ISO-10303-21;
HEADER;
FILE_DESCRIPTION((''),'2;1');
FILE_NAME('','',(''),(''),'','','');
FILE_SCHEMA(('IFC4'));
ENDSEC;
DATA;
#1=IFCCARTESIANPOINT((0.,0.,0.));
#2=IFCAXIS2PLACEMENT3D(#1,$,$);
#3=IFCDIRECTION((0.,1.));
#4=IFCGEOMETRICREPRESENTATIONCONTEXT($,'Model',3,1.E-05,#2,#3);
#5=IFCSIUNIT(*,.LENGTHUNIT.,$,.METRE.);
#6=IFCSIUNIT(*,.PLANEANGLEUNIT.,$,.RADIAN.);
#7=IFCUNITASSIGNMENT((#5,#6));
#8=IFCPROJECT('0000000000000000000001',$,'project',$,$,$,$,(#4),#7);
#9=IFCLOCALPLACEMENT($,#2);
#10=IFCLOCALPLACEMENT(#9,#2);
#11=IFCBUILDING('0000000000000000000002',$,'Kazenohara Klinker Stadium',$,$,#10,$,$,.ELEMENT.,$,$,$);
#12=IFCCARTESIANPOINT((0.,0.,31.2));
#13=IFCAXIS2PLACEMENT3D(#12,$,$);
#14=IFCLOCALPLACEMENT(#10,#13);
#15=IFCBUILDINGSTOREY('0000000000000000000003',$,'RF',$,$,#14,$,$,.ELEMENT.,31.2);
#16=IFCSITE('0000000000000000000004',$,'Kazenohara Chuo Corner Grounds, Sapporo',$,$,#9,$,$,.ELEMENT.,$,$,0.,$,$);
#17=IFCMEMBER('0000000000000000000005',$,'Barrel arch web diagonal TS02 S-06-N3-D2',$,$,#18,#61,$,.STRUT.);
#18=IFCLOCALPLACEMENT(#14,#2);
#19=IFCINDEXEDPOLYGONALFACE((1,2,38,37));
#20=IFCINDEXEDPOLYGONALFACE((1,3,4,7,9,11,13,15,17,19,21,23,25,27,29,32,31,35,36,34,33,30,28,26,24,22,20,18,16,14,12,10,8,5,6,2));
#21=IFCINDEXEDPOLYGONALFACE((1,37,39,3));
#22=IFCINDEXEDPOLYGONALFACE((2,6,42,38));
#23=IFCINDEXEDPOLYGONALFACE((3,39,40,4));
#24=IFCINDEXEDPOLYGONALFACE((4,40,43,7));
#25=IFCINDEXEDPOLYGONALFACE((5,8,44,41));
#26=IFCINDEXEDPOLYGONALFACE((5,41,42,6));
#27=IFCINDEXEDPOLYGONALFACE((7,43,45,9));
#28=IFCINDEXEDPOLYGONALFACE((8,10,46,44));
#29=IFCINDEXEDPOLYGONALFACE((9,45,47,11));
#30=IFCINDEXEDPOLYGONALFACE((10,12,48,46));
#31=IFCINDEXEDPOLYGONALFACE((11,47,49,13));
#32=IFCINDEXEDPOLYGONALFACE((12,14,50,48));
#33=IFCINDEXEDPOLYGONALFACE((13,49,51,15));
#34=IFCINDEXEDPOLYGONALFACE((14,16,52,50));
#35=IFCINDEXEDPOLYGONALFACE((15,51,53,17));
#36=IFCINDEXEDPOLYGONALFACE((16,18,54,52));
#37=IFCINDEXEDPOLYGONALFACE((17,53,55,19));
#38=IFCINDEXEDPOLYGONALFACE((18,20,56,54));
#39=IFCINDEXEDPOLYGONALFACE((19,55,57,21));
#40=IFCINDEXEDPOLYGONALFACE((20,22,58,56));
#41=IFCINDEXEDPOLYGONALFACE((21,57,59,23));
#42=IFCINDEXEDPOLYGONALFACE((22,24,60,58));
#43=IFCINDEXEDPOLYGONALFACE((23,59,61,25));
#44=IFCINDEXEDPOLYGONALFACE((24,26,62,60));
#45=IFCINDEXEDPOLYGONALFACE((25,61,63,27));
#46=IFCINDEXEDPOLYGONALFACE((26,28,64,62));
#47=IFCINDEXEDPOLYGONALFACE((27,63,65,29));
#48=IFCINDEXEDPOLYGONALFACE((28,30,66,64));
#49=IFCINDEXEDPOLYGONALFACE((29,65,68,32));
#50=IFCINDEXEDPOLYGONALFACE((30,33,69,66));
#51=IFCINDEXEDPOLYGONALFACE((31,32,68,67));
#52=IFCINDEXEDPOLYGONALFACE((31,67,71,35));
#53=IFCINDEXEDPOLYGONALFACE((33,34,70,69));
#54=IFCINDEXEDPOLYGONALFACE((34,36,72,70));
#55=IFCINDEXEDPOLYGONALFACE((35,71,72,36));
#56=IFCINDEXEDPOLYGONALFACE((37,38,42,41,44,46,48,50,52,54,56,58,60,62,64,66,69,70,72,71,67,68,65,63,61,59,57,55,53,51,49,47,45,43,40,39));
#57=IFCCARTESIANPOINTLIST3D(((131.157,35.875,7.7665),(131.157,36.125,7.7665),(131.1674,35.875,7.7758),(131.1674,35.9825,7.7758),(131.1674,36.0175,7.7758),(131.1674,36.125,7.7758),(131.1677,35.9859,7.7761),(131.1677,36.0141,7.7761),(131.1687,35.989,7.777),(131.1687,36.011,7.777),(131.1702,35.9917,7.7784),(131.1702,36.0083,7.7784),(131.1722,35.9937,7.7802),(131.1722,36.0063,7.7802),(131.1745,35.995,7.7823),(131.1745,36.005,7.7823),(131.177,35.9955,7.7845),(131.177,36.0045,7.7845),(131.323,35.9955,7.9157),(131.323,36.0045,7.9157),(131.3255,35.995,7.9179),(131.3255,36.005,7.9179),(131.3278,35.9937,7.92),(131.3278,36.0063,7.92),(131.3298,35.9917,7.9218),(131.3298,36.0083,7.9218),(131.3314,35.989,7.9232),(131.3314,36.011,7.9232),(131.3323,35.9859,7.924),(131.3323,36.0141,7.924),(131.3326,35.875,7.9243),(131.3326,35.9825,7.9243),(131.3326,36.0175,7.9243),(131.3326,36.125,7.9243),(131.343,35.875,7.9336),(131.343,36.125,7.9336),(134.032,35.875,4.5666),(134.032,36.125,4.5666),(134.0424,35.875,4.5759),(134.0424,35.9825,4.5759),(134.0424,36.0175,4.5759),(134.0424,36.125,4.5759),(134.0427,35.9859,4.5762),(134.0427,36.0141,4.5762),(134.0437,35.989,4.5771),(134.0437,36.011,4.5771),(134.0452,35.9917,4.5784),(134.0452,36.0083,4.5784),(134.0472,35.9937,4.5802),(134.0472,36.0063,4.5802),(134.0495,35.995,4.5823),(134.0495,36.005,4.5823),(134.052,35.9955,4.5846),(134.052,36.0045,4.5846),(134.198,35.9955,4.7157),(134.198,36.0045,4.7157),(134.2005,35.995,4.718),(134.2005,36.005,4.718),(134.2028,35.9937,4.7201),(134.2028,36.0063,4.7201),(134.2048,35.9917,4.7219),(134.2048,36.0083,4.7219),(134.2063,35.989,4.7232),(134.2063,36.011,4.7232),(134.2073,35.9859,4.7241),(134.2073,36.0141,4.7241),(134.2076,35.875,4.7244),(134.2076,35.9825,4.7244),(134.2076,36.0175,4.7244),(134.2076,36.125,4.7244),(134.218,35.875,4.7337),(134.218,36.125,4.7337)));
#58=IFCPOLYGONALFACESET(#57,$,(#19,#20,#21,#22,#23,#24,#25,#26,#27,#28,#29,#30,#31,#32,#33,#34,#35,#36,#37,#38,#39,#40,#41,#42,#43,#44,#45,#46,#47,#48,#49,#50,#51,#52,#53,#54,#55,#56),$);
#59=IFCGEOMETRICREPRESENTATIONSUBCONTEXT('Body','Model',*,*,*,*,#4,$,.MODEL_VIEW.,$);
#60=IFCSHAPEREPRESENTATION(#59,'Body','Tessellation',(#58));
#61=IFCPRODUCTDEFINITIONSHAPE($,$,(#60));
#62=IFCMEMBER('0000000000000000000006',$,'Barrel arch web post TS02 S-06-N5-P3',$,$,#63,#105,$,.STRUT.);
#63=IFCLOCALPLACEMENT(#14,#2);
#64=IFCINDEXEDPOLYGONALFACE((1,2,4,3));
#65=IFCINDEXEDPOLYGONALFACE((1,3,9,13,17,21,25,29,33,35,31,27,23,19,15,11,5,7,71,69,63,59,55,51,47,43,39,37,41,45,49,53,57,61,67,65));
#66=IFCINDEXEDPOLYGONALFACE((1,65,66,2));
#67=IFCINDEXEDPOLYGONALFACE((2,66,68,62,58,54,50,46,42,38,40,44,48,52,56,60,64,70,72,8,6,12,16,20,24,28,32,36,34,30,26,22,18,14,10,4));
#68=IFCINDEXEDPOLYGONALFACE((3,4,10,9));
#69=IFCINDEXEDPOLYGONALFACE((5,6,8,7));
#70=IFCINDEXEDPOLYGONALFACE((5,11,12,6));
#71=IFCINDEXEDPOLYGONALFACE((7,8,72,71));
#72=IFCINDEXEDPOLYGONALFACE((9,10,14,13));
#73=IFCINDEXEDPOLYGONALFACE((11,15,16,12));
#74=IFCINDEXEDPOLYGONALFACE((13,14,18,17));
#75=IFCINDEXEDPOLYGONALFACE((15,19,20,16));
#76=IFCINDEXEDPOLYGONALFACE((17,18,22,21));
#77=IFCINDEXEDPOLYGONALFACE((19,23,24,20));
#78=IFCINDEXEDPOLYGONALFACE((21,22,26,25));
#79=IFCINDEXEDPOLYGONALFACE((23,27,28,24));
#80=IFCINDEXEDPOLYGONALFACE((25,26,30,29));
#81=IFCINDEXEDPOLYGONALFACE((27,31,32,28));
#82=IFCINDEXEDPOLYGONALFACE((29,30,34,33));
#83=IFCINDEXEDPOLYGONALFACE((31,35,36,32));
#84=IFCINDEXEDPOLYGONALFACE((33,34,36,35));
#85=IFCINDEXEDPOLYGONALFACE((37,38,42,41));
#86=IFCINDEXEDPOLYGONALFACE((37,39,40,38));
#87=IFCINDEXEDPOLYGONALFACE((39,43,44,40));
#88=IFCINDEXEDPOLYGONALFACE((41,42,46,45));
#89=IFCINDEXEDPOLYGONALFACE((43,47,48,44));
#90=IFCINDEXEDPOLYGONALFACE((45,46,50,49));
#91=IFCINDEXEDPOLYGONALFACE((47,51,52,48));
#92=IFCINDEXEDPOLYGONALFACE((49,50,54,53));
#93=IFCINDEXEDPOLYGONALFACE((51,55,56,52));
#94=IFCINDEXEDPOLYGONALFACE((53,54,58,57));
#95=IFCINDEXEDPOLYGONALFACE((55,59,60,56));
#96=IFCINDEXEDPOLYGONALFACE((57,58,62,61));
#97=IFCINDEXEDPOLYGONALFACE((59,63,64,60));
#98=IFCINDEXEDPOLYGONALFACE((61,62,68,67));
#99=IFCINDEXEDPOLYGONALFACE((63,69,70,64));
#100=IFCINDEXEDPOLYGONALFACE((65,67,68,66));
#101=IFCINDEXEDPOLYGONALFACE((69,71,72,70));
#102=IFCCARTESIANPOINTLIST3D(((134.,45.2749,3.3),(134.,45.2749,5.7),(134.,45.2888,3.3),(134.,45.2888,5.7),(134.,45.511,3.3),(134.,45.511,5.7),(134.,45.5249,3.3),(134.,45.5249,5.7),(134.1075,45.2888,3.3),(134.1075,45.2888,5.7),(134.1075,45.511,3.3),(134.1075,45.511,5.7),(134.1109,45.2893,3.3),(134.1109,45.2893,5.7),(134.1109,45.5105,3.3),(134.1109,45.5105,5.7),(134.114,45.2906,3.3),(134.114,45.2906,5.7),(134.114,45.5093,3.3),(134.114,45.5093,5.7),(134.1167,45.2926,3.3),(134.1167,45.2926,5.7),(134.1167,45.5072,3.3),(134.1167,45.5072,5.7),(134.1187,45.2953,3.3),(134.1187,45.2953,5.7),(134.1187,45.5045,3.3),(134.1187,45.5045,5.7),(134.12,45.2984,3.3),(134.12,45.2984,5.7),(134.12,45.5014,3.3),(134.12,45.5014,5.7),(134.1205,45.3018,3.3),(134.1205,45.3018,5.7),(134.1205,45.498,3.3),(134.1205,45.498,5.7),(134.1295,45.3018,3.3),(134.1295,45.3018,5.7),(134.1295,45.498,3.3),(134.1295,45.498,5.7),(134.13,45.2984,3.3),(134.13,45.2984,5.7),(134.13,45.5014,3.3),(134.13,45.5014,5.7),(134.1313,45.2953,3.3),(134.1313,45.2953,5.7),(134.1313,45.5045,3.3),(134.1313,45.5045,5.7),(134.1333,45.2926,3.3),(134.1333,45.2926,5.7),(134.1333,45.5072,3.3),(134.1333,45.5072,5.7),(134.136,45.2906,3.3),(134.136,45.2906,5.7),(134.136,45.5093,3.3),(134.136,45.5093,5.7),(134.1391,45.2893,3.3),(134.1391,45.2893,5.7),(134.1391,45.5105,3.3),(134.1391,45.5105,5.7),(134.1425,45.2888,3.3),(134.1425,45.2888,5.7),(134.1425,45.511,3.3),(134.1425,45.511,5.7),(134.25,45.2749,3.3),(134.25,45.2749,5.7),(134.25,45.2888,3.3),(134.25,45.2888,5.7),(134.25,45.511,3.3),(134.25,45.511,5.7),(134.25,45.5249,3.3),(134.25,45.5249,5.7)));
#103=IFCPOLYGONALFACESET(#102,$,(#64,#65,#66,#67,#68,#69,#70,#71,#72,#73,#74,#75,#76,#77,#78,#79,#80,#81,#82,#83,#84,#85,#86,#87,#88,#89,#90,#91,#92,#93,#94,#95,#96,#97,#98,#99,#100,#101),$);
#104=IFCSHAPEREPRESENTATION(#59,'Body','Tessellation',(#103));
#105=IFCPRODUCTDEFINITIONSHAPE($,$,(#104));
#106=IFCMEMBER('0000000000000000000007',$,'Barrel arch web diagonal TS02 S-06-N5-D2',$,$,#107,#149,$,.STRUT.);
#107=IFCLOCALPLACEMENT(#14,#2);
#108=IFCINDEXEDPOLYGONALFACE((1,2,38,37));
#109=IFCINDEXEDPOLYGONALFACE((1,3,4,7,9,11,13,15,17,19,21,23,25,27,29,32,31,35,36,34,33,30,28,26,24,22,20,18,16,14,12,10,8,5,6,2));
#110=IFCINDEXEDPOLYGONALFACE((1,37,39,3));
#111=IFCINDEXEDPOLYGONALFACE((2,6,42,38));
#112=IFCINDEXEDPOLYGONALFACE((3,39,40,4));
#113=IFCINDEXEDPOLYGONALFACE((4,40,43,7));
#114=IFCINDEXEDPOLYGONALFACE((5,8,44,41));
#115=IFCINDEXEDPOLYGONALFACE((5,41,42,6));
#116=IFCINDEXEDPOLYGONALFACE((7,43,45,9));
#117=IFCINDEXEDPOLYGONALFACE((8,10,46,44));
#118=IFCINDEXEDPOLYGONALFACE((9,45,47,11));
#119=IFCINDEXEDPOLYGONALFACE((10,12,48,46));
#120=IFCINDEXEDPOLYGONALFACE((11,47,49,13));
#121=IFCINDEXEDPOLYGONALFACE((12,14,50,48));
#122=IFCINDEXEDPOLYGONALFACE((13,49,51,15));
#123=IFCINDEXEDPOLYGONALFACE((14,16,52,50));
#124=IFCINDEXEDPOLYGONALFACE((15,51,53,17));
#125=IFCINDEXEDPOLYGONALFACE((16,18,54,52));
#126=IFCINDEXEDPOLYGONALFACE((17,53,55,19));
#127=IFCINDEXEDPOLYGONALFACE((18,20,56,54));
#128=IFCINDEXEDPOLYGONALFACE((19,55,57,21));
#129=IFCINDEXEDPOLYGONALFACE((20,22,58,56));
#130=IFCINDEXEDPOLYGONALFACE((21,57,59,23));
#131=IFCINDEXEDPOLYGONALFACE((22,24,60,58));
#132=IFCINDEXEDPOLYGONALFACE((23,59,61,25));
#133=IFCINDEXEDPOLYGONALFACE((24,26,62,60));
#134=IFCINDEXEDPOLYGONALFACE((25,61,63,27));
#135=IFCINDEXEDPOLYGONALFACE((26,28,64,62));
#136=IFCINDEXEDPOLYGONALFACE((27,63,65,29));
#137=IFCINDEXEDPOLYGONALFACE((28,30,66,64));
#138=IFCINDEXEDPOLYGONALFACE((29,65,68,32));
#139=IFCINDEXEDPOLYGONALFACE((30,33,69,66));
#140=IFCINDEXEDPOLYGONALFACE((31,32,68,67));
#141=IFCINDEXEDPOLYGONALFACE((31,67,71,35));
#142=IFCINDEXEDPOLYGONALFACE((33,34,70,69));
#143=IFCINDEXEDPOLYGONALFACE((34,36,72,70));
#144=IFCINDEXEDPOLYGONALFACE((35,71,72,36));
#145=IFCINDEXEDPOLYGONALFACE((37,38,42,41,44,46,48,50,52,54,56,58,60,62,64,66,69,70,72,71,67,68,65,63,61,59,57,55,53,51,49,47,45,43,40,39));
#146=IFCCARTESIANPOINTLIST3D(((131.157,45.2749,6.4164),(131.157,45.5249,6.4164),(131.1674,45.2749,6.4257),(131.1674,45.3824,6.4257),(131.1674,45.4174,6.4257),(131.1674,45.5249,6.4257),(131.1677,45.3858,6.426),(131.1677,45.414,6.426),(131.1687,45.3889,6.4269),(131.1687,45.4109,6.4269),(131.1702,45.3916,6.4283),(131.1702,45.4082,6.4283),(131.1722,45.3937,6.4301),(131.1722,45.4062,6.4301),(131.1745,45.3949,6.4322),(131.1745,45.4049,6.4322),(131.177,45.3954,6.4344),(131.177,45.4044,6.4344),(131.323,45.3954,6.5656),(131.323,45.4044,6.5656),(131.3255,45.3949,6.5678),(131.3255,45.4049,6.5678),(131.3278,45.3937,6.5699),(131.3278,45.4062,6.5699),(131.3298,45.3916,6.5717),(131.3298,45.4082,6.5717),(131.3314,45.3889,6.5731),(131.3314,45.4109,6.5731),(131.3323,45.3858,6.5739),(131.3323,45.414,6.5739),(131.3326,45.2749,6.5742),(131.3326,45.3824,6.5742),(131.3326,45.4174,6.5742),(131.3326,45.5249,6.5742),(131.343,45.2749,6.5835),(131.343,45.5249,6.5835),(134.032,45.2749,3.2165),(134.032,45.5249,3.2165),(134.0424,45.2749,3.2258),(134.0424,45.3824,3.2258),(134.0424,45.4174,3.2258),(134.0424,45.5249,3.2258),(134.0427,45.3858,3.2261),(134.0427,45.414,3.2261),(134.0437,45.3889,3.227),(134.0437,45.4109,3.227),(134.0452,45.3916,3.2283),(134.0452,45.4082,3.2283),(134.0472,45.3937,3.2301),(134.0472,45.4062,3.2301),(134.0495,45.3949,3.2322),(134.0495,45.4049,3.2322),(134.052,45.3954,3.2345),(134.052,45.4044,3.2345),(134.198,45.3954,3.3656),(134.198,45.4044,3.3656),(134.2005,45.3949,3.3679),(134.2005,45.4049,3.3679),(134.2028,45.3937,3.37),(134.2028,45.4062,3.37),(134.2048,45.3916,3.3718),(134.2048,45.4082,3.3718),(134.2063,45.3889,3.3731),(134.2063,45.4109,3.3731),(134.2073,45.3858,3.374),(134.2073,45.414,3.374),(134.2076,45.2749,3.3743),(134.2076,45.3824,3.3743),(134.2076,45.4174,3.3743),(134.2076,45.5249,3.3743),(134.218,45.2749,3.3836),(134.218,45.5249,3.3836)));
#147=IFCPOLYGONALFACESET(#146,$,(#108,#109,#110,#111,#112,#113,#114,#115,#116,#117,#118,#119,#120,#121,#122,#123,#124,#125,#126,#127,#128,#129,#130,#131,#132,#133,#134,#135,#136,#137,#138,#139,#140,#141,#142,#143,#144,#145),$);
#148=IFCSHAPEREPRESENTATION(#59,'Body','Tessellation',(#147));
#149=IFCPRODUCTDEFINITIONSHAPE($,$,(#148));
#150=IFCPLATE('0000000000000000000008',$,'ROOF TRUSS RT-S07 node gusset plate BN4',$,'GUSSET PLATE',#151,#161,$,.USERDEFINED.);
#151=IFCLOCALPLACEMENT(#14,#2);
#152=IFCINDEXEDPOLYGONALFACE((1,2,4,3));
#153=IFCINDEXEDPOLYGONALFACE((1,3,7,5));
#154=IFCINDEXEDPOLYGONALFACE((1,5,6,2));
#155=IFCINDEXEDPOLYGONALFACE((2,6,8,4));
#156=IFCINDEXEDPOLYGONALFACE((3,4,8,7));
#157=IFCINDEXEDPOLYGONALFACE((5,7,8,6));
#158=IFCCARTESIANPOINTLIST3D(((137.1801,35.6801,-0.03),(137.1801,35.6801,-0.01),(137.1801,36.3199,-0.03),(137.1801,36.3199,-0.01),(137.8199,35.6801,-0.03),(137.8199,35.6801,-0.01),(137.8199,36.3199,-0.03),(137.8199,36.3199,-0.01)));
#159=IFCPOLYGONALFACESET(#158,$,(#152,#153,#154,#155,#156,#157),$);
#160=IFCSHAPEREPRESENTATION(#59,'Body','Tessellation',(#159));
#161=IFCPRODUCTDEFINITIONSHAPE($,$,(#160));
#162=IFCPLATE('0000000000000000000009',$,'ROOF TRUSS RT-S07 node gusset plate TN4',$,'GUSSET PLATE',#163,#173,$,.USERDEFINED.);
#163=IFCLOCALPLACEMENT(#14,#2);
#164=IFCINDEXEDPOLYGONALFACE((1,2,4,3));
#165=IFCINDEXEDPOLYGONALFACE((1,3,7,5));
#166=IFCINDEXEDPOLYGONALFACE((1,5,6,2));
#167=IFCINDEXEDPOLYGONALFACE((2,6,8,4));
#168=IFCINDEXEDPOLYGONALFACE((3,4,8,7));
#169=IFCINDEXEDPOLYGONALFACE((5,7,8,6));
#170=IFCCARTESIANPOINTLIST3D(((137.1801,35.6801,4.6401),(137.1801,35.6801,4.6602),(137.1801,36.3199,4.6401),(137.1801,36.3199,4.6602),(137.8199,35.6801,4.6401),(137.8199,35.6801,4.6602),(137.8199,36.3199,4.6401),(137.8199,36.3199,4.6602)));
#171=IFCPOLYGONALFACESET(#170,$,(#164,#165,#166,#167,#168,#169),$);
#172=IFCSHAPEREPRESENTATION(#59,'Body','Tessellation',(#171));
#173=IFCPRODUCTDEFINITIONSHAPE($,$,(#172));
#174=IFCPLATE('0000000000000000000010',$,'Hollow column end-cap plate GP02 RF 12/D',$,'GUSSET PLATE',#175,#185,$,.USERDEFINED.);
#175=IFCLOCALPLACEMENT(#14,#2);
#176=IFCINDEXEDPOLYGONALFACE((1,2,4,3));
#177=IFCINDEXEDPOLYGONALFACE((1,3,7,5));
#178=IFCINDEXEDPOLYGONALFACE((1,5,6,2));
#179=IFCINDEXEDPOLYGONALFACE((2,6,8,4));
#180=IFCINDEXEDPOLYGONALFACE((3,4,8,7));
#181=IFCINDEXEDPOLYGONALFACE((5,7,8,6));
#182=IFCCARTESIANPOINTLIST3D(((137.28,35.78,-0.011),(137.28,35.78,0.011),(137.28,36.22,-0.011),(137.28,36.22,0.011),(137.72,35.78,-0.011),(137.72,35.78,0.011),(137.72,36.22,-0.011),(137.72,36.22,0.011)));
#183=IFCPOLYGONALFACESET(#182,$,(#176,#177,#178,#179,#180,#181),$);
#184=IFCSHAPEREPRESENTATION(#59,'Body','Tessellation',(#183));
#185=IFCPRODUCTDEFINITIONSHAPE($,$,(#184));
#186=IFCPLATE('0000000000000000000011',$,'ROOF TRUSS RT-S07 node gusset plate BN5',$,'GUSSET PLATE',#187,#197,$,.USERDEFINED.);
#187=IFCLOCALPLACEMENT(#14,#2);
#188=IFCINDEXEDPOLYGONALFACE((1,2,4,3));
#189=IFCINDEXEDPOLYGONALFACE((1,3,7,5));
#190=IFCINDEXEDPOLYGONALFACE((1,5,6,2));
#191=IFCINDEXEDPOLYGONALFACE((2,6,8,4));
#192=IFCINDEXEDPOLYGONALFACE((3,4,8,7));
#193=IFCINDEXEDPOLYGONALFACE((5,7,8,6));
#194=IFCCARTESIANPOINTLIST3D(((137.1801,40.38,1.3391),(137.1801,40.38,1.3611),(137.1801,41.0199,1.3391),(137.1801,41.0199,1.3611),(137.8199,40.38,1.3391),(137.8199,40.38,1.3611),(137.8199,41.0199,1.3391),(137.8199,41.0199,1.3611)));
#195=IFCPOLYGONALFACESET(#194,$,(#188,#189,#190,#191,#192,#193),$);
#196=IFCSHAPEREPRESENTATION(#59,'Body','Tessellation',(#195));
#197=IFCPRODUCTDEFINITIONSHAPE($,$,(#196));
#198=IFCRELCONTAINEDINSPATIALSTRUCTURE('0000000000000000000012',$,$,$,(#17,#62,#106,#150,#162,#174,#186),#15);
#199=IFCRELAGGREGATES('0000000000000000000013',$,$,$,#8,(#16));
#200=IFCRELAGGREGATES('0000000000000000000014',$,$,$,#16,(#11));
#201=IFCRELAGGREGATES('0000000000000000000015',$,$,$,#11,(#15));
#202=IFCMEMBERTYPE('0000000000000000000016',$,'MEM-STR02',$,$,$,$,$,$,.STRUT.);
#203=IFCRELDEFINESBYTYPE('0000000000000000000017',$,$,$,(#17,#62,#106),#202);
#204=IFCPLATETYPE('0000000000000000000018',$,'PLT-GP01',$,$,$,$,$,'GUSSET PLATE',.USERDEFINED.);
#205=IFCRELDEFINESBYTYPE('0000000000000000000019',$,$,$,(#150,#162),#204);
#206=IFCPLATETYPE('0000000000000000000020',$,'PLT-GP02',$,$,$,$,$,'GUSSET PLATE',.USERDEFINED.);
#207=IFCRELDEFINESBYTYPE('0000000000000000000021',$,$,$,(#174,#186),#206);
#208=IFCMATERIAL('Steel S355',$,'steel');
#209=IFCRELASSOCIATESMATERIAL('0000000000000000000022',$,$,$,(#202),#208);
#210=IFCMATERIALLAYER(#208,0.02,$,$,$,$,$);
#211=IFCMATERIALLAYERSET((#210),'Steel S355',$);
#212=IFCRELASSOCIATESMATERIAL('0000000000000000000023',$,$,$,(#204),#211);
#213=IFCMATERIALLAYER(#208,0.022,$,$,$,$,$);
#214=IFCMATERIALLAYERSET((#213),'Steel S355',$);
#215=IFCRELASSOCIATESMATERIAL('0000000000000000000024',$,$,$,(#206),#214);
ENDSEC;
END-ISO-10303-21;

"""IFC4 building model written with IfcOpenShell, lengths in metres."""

from ifc_helpers import new_model, si_unit, direction, frame, origin, origin_2d, place, context, subcontext, project, spatial, rectangle, i_section, extrude, material, layer, layer_set, material_profile, profile_set, type_object, element, save


model = new_model("IFC4")

# Units and contexts
model_context = context("Model", 3, precision=1e-05, world=origin(), true_north=direction((0.0, 1.0)))
body_context = subcontext(model_context, "Body", "Model", "MODEL_VIEW")
ifc_project = project(units=[si_unit("LENGTHUNIT", "METRE"), si_unit("PLANEANGLEUNIT", "RADIAN")], contexts=[model_context])

# Site, building, storey
site_placement = place(None, origin())
site = spatial("IfcSite", under=ifc_project, at=site_placement, Name="Kazenohara Chuo Corner Grounds, Sapporo", CompositionType="ELEMENT", RefElevation=0.0)
building_placement = place(site_placement, origin())
building = spatial("IfcBuilding", under=site, at=building_placement, Name="Kazenohara Klinker Stadium", CompositionType="ELEMENT")
storey_placement = place(building_placement, frame((0.0, 0.0, 31.2)))
storey = spatial("IfcBuildingStorey", under=building, at=storey_placement, Name="RF", CompositionType="ELEMENT", Elevation=31.2)

# Members
ifc_material_1 = material(Name="Steel S355", Category="steel")
ifc_material_profile_1 = material_profile(ifc_material_1, i_section(OverallWidth=0.25, OverallDepth=0.25, WebThickness=0.009, FlangeThickness=0.0139, FilletRadius=0.0129, at=origin_2d()), Name="H-250x250x9x14")
ifc_profile_set_1 = profile_set([ifc_material_profile_1], Name="Steel S355")
member_type_1 = type_object("IfcMemberType", Name="MEM-STR02", PredefinedType="STRUT", material=ifc_profile_set_1)
member_1_placement = place(storey_placement, frame((134.125, 36.0, 4.6501), z_axis=(-0.668328, 0.0, 0.743867), x_axis=(0.0, -1.0, 0.0)))
element("IfcMember", 1, at=member_1_placement, inside=storey, type_object=member_type_1, Name="Barrel arch web diagonal TS02 S-06-N3-D2", PredefinedType="STRUT", context=body_context, shape_type="SweptSolid", body=[
    extrude(i_section(OverallWidth=0.25, OverallDepth=0.25, WebThickness=0.009, FlangeThickness=0.0139, FilletRadius=0.0129, at=origin_2d()), origin(), (0.0, 0.0, 1.0), 4.3018),
])
member_2_placement = place(storey_placement, frame((134.125, 45.3999, 3.3), z_axis=(0.0, 0.0, 1.0), x_axis=(1.0, 0.0, 0.0)))
element("IfcMember", 2, at=member_2_placement, inside=storey, type_object=member_type_1, Name="Barrel arch web post TS02 S-06-N5-P3", PredefinedType="STRUT", context=body_context, shape_type="SweptSolid", body=[
    extrude(i_section(OverallWidth=0.25, OverallDepth=0.25, WebThickness=0.009, FlangeThickness=0.0139, FilletRadius=0.0129, at=origin_2d()), origin(), (0.0, 0.0, 1.0), 2.3999),
])
member_3_placement = place(storey_placement, frame((134.125, 45.3999, 3.3), z_axis=(-0.668328, 0.0, 0.743867), x_axis=(0.0, -1.0, 0.0)))
element("IfcMember", 3, at=member_3_placement, inside=storey, type_object=member_type_1, Name="Barrel arch web diagonal TS02 S-06-N5-D2", PredefinedType="STRUT", context=body_context, shape_type="SweptSolid", body=[
    extrude(i_section(OverallWidth=0.25, OverallDepth=0.25, WebThickness=0.009, FlangeThickness=0.0139, FilletRadius=0.0129, at=origin_2d()), origin(), (0.0, 0.0, 1.0), 4.3018),
])

# Plates
ifc_layer_1 = layer(ifc_material_1, 0.02)
ifc_layer_set_1 = layer_set([ifc_layer_1], Name="Steel S355")
plate_type_1 = type_object("IfcPlateType", Name="PLT-GP01", ElementType="GUSSET PLATE", PredefinedType="USERDEFINED", material=ifc_layer_set_1)
for number, where, z_axis, x_axis, name in (
    (4, (137.5, 36.0, -0.03), (0.0, 0.0, 1.0), (1.0, 0.0, 0.0), "ROOF TRUSS RT-S07 node gusset plate BN4"),
    (5, (137.5, 36.0, 4.6401), (0.0, 0.0, 1.0), (1.0, 0.0, 0.0), "ROOF TRUSS RT-S07 node gusset plate TN4"),
):
    element("IfcPlate", number, at=place(storey_placement, frame(where, z_axis=z_axis, x_axis=x_axis)), inside=storey, type_object=plate_type_1, Name=name, ObjectType="GUSSET PLATE", PredefinedType="USERDEFINED", context=body_context, shape_type="SweptSolid", body=[
        extrude(rectangle(XDim=0.6399, YDim=0.6399, at=origin_2d()), origin(), (0.0, 0.0, 1.0), 0.02),
    ])
ifc_layer_2 = layer(ifc_material_1, 0.022)
ifc_layer_set_2 = layer_set([ifc_layer_2], Name="Steel S355")
plate_type_2 = type_object("IfcPlateType", Name="PLT-GP02", ElementType="GUSSET PLATE", PredefinedType="USERDEFINED", material=ifc_layer_set_2)
plate_placement = place(storey_placement, frame((137.5, 36.0, -0.011), z_axis=(0.0, 0.0, 1.0), x_axis=(1.0, 0.0, 0.0)))
element("IfcPlate", 6, at=plate_placement, inside=storey, type_object=plate_type_2, Name="Hollow column end-cap plate GP02 RF 12/D", ObjectType="GUSSET PLATE", PredefinedType="USERDEFINED", context=body_context, shape_type="SweptSolid", body=[
    extrude(rectangle(XDim=0.4399, YDim=0.4399, at=origin_2d()), origin(), (0.0, 0.0, 1.0), 0.022),
])
for number, where, z_axis, x_axis, name in (
    (7, (137.5, 40.7, 1.3391), (0.0, 0.0, 1.0), (1.0, 0.0, 0.0), "ROOF TRUSS RT-S07 node gusset plate BN5"),
):
    element("IfcPlate", number, at=place(storey_placement, frame(where, z_axis=z_axis, x_axis=x_axis)), inside=storey, type_object=plate_type_2, Name=name, ObjectType="GUSSET PLATE", PredefinedType="USERDEFINED", context=body_context, shape_type="SweptSolid", body=[
        extrude(rectangle(XDim=0.6399, YDim=0.6399, at=origin_2d()), origin(), (0.0, 0.0, 1.0), 0.022),
    ])

save(model, "model.ifc")
